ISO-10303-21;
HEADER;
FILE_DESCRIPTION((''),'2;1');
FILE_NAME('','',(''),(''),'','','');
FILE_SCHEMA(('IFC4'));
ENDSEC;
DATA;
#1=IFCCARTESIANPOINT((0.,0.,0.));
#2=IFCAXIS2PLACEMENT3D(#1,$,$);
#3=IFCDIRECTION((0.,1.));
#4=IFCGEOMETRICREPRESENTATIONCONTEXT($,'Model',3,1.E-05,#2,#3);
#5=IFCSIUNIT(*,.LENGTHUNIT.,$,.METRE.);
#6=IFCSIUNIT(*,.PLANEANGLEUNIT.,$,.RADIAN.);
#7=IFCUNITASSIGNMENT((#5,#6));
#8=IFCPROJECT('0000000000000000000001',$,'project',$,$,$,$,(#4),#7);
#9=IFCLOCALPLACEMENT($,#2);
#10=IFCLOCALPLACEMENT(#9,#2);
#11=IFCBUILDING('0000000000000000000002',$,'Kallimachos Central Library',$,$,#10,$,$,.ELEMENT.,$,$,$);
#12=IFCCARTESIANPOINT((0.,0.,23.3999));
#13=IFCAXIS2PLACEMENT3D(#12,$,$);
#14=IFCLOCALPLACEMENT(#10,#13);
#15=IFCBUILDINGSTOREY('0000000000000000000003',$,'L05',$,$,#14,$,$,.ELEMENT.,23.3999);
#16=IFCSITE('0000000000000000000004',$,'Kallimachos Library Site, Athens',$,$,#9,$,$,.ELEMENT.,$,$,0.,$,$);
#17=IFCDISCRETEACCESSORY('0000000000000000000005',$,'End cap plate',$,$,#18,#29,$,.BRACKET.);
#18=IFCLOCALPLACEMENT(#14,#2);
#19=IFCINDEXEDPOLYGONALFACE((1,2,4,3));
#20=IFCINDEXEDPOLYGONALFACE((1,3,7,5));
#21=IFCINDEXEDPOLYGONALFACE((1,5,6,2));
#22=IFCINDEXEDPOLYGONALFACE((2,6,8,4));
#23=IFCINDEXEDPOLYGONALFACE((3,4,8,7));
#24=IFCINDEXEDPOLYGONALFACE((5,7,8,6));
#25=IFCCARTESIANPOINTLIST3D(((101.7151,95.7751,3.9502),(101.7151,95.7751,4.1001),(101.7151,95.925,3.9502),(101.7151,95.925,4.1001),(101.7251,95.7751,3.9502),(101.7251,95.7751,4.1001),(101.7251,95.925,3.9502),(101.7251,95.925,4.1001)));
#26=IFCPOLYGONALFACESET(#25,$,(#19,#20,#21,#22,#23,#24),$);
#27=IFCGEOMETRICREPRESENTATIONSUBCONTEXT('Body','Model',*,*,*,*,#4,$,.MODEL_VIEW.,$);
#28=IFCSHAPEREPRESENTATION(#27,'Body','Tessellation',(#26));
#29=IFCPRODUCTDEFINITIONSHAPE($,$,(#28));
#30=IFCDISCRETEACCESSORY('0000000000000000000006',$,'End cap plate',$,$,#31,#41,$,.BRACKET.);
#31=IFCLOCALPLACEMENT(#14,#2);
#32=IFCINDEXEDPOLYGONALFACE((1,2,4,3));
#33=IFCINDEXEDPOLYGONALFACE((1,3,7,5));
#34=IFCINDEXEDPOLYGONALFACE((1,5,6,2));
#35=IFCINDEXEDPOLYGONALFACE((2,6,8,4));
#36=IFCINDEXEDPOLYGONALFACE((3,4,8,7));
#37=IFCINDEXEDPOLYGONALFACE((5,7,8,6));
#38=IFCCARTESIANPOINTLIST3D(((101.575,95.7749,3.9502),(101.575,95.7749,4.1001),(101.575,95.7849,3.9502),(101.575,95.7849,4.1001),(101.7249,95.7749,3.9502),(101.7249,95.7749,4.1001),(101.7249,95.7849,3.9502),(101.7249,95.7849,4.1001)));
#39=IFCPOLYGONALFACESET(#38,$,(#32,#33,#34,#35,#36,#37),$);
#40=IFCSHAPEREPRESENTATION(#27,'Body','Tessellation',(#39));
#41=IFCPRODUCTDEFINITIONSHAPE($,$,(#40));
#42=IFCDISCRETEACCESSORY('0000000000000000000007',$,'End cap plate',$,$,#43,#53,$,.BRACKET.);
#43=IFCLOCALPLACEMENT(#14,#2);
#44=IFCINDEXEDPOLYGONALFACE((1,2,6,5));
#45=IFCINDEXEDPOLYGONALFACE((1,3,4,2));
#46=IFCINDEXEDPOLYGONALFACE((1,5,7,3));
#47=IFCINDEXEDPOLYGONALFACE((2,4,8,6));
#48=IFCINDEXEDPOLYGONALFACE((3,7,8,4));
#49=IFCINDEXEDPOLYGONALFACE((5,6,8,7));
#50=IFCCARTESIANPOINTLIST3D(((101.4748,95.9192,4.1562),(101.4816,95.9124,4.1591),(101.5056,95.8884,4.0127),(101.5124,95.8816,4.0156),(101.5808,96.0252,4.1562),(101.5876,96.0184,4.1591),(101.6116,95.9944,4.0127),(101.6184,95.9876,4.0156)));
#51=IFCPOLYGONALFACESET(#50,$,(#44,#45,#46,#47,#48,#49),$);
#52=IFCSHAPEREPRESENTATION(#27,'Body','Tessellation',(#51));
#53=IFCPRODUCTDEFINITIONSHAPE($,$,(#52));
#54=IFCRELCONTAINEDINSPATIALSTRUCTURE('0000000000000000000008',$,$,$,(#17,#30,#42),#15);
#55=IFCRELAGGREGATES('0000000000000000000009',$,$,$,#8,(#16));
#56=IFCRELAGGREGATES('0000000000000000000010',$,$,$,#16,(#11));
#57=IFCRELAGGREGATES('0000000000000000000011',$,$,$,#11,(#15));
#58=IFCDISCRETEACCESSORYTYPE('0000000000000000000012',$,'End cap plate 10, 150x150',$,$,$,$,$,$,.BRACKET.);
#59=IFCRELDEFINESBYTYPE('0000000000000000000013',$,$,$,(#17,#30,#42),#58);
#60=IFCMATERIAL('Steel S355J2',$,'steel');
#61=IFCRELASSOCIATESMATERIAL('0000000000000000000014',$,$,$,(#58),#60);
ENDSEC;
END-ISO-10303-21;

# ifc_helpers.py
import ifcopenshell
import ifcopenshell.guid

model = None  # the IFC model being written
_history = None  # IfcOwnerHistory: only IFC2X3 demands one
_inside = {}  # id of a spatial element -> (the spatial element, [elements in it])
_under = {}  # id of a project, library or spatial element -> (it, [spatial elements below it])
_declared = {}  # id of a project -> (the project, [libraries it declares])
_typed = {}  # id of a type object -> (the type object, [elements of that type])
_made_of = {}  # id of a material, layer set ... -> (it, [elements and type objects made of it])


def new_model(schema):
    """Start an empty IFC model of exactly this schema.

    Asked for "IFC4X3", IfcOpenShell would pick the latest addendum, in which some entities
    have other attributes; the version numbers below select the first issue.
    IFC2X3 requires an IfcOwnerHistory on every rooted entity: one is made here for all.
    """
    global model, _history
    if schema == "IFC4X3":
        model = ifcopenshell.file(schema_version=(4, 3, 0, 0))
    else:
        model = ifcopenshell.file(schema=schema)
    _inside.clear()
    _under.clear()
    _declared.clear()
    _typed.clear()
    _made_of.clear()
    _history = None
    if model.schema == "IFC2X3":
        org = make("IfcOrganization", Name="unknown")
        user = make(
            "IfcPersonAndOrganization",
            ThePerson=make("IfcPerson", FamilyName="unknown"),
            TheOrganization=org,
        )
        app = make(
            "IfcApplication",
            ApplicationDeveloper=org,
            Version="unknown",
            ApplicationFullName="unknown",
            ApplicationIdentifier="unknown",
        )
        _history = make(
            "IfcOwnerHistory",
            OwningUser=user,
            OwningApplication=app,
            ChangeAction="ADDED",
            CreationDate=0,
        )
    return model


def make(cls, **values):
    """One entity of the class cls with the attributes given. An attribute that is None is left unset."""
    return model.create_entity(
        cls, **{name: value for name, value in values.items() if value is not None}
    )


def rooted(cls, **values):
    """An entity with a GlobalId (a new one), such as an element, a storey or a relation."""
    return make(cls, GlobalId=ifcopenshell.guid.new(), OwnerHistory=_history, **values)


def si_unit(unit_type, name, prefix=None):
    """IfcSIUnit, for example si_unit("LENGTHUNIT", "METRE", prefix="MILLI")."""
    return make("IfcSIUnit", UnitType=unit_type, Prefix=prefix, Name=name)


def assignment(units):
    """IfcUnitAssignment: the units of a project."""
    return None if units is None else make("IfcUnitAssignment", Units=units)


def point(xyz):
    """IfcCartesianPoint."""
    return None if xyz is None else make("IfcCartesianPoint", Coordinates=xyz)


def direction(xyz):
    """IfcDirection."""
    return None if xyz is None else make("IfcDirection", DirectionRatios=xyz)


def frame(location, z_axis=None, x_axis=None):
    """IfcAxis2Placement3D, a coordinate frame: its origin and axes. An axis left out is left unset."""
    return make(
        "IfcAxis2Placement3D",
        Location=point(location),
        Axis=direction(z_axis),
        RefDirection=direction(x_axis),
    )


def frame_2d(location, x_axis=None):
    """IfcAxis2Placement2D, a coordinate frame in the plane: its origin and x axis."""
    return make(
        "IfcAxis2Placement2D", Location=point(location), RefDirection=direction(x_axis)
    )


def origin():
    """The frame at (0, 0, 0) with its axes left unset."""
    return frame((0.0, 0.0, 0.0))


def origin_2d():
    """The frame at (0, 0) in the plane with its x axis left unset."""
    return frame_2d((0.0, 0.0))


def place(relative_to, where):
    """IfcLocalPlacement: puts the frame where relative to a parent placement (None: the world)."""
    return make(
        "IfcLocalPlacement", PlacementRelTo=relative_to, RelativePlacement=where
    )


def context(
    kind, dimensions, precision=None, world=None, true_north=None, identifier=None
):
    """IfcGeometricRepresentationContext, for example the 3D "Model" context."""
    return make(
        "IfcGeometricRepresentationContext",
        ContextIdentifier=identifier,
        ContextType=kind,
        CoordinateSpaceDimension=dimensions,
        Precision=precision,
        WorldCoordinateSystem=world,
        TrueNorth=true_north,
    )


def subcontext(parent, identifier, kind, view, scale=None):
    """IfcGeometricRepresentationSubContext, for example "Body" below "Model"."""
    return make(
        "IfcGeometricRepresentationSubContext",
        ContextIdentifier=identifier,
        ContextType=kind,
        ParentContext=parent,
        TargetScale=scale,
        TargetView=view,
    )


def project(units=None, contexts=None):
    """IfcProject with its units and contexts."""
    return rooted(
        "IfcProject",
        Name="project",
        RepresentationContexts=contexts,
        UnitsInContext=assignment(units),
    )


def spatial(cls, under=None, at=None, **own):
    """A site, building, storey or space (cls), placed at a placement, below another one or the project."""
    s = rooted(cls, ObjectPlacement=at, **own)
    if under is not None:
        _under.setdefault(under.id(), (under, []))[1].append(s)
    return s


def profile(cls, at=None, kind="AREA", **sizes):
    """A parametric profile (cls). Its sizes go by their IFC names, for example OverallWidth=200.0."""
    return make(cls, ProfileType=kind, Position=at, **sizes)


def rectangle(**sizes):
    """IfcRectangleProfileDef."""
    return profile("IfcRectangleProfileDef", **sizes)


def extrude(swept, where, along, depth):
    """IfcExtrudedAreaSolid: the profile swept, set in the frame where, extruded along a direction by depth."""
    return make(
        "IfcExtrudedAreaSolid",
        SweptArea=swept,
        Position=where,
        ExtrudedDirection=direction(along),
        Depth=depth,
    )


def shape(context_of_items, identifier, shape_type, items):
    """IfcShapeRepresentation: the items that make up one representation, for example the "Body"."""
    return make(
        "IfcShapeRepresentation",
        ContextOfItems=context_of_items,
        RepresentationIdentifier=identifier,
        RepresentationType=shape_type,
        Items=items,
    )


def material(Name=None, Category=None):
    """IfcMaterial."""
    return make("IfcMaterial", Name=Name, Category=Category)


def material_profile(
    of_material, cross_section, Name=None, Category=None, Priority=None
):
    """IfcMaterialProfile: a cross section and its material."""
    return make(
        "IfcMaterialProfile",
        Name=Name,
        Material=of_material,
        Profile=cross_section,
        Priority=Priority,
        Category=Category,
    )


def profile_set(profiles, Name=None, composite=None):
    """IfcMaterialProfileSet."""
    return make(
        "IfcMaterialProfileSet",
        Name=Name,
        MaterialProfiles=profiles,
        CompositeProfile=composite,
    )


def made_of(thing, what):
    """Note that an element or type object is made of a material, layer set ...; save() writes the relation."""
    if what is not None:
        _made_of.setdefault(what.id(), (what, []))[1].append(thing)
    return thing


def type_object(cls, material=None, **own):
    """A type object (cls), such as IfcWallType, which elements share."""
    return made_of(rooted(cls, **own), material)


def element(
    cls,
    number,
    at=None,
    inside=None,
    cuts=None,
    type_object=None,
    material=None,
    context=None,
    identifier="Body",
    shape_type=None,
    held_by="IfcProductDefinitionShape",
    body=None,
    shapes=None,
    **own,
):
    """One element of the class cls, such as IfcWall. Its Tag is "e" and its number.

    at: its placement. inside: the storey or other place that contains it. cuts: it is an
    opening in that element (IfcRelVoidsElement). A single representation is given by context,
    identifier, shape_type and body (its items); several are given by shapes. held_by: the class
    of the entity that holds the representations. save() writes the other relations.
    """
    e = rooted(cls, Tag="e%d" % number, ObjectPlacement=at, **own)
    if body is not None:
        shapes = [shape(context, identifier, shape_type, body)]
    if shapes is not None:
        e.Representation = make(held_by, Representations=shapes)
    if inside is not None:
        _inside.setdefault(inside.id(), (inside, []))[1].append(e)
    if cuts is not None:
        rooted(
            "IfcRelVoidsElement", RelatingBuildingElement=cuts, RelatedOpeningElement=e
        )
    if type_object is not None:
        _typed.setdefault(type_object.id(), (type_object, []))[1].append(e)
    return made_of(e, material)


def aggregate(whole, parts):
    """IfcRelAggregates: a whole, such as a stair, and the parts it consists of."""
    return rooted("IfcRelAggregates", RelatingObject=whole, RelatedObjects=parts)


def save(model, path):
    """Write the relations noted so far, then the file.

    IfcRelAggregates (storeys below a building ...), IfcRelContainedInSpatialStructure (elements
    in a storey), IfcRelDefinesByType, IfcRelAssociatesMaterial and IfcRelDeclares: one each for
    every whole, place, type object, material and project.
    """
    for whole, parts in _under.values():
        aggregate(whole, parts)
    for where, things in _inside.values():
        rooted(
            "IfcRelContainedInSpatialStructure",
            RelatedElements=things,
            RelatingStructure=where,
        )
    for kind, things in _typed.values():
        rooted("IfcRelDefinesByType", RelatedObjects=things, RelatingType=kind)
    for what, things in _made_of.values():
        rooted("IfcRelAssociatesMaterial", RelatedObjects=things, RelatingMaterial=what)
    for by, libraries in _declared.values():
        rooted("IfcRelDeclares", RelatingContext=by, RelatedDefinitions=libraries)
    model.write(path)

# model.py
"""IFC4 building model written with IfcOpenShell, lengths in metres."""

from ifc_helpers import new_model, si_unit, direction, frame, origin, origin_2d, place, context, subcontext, project, spatial, rectangle, extrude, material, material_profile, profile_set, type_object, element, save


model = new_model("IFC4")

# Units and contexts
model_context = context("Model", 3, precision=1e-05, world=origin(), true_north=direction((0.0, 1.0)))
body_context = subcontext(model_context, "Body", "Model", "MODEL_VIEW")
ifc_project = project(units=[si_unit("LENGTHUNIT", "METRE"), si_unit("PLANEANGLEUNIT", "RADIAN")], contexts=[model_context])

# Site, building, storey
site_placement = place(None, origin())
site = spatial("IfcSite", under=ifc_project, at=site_placement, Name="Kallimachos Library Site, Athens", CompositionType="ELEMENT", RefElevation=0.0)
building_placement = place(site_placement, origin())
building = spatial("IfcBuilding", under=site, at=building_placement, Name="Kallimachos Central Library", CompositionType="ELEMENT")
storey_placement = place(building_placement, frame((0.0, 0.0, 23.3999)))
storey = spatial("IfcBuildingStorey", under=building, at=storey_placement, Name="L05", CompositionType="ELEMENT", Elevation=23.3999)

# Discrete accessories
ifc_material_1 = material(Name="Steel S355J2", Category="steel")
ifc_material_profile_1 = material_profile(ifc_material_1, rectangle(XDim=0.1499, YDim=0.1499, at=origin_2d()), Name="End cap plate 10, 150x150")
ifc_profile_set_1 = profile_set([ifc_material_profile_1], Name="Steel S355J2")
discrete_accessory_type = type_object("IfcDiscreteAccessoryType", Name="End cap plate 10, 150x150", PredefinedType="BRACKET", material=ifc_profile_set_1)
for number, where, z_axis, x_axis, name in (
    (1, (101.7151, 95.8501, 4.0251), (1.0, 0.0, 0.0), (0.0, 1.0, 0.0), "End cap plate"),
    (2, (101.6499, 95.7749, 4.0251), (0.0, 1.0, 0.0), (-1.0, 0.0, 0.0), "End cap plate"),
    (3, (101.5432, 95.9568, 4.0845), (0.676716, -0.676716, 0.290021), (0.707107, 0.707107, 0.0), "End cap plate"),
):
    element("IfcDiscreteAccessory", number, at=place(storey_placement, frame(where, z_axis=z_axis, x_axis=x_axis)), inside=storey, type_object=discrete_accessory_type, Name=name, PredefinedType="BRACKET", context=body_context, shape_type="SweptSolid", body=[
        extrude(rectangle(XDim=0.1499, YDim=0.1499, at=origin_2d()), origin(), (0.0, 0.0, 1.0), 0.01),
    ])

save(model, "model.ifc")
